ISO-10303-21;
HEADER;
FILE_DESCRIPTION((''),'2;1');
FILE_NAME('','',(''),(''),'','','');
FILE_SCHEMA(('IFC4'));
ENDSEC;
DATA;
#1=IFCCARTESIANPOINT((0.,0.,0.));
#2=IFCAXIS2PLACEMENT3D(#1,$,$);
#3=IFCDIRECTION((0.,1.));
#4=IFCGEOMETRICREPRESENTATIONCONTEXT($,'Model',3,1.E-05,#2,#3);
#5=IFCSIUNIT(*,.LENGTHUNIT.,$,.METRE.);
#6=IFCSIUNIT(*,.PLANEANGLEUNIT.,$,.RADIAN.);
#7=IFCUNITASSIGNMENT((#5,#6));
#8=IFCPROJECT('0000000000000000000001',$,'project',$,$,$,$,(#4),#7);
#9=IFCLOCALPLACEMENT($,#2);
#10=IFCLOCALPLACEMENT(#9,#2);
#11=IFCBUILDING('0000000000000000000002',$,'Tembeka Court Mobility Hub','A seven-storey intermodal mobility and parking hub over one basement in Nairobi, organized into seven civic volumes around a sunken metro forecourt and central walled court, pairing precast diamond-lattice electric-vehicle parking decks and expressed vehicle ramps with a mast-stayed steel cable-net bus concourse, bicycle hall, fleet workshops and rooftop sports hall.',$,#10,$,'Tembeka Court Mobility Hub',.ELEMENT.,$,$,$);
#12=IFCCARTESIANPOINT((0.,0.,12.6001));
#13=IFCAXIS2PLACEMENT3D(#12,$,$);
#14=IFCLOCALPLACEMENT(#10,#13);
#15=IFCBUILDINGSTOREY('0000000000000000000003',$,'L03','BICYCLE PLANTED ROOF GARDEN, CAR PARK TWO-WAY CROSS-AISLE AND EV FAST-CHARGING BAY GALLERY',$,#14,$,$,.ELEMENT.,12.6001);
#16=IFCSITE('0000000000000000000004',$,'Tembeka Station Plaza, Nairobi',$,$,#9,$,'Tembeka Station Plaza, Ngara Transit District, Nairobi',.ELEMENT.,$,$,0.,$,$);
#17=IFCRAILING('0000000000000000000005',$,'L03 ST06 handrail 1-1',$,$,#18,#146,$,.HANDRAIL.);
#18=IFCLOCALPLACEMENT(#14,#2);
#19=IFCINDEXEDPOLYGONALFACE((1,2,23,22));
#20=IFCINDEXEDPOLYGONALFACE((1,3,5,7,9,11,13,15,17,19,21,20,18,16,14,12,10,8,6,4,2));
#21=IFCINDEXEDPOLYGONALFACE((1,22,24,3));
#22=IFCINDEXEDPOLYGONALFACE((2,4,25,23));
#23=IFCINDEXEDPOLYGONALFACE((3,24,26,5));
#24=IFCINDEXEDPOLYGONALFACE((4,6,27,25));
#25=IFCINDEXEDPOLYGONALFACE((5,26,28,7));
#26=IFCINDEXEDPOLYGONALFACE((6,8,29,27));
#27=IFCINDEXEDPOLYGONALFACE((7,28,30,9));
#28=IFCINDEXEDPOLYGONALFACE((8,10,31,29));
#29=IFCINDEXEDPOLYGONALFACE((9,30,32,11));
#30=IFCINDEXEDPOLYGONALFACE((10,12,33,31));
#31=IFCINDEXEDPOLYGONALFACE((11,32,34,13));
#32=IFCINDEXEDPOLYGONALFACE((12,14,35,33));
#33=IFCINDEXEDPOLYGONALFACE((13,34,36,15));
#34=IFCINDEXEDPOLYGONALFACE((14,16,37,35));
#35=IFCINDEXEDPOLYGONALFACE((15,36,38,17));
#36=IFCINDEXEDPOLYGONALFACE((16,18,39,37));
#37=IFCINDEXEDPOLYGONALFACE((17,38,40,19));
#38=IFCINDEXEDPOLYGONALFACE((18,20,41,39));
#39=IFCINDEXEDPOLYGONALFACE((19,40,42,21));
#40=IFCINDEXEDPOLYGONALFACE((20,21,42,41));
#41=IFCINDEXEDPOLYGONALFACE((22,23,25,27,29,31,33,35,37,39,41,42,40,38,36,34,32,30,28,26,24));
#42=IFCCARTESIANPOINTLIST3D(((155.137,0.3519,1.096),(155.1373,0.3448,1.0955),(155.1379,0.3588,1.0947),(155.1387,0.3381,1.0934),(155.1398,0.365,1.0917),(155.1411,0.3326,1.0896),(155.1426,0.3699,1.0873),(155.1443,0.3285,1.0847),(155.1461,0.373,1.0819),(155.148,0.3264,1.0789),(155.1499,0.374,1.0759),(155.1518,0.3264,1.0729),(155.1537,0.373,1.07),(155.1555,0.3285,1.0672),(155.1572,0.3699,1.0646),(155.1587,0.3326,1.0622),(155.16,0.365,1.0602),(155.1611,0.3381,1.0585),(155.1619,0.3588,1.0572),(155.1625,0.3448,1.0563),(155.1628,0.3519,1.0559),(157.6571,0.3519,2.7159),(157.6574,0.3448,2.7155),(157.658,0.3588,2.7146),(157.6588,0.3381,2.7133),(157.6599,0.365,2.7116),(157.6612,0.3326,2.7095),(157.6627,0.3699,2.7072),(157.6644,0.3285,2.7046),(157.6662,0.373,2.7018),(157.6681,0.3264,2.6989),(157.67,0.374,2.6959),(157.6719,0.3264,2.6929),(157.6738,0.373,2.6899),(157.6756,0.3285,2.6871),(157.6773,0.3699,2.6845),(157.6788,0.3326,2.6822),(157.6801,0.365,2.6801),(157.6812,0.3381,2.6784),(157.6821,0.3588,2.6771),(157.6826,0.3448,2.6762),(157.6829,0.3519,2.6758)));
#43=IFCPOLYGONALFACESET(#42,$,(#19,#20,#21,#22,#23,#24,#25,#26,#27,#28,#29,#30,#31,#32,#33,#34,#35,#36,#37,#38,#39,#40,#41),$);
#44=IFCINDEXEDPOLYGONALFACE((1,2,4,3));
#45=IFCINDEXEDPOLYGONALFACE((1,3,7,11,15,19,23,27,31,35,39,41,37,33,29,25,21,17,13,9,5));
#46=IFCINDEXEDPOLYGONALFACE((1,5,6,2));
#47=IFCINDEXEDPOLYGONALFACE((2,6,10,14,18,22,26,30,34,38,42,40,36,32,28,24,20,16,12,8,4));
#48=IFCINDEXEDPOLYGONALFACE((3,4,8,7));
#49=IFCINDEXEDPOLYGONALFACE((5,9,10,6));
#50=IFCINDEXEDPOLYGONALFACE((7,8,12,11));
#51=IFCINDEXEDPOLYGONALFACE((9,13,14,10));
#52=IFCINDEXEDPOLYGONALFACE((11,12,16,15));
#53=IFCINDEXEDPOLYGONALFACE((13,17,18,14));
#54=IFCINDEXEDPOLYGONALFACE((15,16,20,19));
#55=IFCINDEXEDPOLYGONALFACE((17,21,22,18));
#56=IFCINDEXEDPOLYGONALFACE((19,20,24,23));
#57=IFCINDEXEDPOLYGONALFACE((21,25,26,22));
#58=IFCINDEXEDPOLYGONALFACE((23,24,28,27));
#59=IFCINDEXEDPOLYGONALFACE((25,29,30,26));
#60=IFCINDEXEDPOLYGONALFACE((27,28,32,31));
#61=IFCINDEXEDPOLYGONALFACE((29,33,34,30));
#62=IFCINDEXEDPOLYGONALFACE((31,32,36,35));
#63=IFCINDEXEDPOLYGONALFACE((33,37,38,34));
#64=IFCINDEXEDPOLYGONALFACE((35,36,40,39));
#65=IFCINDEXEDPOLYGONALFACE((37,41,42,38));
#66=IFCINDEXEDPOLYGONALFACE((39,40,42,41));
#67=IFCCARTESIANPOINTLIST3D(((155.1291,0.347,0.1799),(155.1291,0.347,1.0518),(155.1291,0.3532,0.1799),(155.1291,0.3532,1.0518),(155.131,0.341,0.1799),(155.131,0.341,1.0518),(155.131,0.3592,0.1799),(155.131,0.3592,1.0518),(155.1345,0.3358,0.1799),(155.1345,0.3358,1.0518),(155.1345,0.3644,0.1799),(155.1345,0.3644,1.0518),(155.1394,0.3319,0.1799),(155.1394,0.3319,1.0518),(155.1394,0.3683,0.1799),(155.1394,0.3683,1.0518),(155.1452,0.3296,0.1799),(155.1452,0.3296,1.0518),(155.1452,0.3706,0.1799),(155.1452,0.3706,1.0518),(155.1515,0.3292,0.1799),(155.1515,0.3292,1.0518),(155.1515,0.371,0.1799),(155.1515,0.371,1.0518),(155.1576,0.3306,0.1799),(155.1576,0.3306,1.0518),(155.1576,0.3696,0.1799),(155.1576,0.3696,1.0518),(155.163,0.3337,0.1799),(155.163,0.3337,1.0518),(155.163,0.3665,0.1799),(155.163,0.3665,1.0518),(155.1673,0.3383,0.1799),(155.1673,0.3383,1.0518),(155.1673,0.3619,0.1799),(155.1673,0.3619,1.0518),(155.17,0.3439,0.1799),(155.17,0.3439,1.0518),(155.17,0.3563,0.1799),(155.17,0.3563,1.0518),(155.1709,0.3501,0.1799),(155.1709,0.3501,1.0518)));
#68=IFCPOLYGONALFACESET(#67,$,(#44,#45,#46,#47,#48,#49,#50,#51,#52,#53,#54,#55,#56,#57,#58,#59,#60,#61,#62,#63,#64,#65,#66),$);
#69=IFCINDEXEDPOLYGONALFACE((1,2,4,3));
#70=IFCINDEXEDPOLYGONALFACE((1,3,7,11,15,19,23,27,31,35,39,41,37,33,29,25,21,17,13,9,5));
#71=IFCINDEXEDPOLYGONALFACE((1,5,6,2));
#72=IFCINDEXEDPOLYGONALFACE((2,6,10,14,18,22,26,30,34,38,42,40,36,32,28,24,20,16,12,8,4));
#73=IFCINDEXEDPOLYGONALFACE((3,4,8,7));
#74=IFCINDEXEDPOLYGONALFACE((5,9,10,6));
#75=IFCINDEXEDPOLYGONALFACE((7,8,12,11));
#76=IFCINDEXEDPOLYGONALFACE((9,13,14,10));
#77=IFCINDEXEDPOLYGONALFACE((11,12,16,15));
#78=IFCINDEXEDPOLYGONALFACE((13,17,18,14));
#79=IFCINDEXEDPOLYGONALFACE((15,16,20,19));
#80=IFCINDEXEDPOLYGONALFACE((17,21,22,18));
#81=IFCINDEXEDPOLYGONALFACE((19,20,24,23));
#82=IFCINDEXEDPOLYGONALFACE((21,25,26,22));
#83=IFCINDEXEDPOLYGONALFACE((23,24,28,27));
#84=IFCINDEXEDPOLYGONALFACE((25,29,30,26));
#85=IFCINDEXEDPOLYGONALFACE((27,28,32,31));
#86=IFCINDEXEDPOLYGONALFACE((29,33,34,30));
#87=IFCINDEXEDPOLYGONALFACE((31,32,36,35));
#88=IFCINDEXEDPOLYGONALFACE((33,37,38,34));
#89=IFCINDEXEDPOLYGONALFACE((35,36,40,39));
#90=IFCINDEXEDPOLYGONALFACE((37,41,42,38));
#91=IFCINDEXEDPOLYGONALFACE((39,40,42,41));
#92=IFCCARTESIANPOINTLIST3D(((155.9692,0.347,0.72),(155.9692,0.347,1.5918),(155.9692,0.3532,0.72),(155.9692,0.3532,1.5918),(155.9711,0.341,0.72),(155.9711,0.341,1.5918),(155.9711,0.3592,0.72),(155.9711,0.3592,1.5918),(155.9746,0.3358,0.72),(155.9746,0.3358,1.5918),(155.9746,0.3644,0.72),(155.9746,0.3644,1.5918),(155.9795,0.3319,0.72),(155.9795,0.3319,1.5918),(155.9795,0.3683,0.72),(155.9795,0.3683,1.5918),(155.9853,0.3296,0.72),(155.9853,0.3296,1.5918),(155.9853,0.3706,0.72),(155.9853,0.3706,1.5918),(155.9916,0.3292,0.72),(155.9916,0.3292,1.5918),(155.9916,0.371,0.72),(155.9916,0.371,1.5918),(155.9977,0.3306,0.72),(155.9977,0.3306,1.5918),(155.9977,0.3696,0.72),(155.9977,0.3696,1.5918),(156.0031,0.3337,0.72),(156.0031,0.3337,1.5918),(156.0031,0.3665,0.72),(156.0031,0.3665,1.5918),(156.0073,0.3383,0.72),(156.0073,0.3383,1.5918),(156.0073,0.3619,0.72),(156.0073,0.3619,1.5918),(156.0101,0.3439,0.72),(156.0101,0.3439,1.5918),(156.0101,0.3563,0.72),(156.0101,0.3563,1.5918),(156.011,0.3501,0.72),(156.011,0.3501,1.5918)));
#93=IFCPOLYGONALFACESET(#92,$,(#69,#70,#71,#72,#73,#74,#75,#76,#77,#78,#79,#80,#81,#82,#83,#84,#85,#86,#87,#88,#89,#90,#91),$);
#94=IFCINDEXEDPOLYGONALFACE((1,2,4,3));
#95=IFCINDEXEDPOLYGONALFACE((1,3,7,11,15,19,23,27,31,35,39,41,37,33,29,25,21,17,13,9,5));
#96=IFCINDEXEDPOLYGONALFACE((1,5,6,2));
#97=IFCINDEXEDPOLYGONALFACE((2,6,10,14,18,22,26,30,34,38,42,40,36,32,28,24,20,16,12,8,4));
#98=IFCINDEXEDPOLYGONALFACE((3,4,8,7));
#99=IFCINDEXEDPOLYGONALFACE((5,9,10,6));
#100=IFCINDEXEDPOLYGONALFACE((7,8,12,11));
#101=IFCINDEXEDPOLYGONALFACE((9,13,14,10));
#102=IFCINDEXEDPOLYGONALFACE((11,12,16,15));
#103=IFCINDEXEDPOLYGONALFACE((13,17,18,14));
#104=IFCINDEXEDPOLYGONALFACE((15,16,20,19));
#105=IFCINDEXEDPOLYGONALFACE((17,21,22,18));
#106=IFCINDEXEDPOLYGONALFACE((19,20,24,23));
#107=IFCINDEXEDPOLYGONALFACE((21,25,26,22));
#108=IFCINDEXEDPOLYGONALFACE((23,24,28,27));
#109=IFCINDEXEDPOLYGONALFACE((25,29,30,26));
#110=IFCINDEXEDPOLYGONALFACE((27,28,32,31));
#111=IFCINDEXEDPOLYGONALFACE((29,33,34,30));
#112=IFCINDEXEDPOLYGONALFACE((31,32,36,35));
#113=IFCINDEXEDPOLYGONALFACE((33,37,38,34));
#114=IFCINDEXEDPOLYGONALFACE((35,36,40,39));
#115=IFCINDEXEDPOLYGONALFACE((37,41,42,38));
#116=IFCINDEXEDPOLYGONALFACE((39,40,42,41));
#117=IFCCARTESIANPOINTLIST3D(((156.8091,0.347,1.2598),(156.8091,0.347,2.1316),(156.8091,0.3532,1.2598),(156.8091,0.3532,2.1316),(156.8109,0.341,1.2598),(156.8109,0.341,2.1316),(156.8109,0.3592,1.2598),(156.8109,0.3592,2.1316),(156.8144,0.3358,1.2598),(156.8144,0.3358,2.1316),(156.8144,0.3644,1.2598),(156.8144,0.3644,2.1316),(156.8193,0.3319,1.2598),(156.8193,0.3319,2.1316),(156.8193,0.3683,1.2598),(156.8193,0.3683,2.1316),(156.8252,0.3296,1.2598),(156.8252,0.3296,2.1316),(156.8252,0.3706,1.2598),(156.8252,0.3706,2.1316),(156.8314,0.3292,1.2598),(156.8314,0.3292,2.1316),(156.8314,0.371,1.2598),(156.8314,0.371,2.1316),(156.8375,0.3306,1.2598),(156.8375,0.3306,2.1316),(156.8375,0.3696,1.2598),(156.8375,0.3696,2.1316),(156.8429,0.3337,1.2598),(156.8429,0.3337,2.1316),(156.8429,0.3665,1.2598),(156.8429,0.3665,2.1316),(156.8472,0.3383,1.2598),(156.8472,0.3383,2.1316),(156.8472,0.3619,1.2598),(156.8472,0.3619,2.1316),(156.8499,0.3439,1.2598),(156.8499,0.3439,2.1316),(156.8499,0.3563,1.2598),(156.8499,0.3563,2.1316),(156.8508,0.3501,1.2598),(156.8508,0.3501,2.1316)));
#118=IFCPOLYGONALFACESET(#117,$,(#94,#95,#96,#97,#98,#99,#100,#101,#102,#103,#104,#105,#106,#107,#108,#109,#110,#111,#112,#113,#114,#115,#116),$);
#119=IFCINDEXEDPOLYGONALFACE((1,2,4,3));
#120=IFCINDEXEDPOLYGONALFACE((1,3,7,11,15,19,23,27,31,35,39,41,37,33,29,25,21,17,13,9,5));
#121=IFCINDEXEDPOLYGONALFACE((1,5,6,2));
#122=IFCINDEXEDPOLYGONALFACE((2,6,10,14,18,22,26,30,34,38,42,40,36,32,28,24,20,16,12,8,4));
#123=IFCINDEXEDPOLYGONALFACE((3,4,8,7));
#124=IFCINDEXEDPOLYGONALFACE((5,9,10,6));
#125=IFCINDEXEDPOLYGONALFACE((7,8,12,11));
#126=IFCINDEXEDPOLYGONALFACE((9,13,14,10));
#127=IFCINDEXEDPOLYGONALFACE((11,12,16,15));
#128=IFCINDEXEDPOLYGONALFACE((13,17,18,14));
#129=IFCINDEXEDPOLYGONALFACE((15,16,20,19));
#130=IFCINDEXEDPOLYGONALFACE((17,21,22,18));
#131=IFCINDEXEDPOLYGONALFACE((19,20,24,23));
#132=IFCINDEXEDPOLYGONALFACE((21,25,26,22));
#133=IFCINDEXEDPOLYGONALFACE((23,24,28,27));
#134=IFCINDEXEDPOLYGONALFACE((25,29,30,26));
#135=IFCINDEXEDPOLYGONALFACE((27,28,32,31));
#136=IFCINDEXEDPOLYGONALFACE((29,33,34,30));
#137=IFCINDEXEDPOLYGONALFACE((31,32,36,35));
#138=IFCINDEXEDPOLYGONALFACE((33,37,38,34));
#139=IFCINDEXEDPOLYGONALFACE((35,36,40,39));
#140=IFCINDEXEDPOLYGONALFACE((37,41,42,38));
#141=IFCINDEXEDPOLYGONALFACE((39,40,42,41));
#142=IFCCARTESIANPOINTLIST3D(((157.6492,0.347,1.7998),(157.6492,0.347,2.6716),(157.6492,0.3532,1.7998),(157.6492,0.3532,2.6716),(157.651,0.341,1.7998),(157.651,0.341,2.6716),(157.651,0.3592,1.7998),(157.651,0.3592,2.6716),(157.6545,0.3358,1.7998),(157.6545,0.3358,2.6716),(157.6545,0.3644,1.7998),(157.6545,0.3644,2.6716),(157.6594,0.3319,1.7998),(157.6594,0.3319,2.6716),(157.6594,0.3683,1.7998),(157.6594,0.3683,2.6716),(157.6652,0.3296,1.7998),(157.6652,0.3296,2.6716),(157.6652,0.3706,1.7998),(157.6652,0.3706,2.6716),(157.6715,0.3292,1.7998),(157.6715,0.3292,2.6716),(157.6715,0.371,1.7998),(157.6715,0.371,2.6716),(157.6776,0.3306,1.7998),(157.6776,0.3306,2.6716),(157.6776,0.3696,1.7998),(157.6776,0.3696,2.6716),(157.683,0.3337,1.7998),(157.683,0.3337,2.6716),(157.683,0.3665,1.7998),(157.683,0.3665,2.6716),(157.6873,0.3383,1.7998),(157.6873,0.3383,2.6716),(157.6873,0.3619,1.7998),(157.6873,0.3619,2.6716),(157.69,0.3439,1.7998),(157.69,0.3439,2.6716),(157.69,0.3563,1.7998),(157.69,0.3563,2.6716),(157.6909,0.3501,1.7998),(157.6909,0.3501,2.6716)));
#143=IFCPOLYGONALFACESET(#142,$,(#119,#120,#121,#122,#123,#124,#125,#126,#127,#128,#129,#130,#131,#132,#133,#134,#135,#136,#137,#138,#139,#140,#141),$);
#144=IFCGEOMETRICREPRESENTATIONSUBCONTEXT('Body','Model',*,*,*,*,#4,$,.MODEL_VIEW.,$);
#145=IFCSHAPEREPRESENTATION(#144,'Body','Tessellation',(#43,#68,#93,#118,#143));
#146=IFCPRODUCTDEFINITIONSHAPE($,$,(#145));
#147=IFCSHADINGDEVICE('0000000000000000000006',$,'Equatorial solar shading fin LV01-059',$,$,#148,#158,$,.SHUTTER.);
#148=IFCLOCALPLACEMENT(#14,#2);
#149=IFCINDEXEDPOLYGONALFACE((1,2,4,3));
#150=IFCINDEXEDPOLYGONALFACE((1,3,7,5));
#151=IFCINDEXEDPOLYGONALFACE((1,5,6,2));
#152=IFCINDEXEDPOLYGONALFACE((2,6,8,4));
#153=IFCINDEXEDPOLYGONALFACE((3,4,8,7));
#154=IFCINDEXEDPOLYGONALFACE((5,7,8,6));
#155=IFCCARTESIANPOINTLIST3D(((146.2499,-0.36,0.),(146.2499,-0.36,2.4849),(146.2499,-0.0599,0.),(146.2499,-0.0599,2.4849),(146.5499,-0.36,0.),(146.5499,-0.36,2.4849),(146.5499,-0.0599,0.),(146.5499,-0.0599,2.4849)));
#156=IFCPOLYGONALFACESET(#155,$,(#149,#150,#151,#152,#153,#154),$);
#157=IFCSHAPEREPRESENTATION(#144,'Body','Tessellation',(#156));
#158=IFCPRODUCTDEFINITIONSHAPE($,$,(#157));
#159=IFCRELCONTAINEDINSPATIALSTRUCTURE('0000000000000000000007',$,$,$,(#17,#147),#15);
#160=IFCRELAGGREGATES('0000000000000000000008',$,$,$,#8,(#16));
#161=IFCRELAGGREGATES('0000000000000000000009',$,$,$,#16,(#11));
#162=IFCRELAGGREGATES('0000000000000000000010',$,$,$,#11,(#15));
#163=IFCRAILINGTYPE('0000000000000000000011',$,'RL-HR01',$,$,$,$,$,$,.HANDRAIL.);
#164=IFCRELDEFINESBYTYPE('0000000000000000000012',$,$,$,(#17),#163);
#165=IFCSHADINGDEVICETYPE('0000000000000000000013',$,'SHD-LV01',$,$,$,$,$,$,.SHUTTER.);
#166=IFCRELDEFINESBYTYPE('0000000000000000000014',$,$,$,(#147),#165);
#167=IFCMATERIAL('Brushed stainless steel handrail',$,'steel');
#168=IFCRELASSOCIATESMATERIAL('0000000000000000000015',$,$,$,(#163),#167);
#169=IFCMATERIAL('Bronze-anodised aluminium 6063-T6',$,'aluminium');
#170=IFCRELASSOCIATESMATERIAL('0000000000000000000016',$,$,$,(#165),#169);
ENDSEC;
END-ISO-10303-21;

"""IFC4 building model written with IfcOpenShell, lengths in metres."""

from ifc_helpers import new_model, si_unit, direction, frame, origin, origin_2d, place, context, subcontext, project, spatial, rectangle, circle, extrude, material, material_profile, profile_set, type_object, element, save


model = new_model("IFC4")

# Units and contexts
model_context = context("Model", 3, precision=1e-05, world=origin(), true_north=direction((0.0, 1.0)))
body_context = subcontext(model_context, "Body", "Model", "MODEL_VIEW")
ifc_project = project(units=[si_unit("LENGTHUNIT", "METRE"), si_unit("PLANEANGLEUNIT", "RADIAN")], contexts=[model_context])

# Site, building, storey
site_placement = place(None, origin())
site = spatial("IfcSite", under=ifc_project, at=site_placement, Name="Tembeka Station Plaza, Nairobi", LongName="Tembeka Station Plaza, Ngara Transit District, Nairobi", CompositionType="ELEMENT", RefElevation=0.0)
building_placement = place(site_placement, origin())
building = spatial("IfcBuilding", under=site, at=building_placement, Name="Tembeka Court Mobility Hub", Description="A seven-storey intermodal mobility and parking hub over one basement in Nairobi, organized into seven civic volumes around a sunken metro forecourt and central walled court, pairing precast diamond-lattice electric-vehicle parking decks and expressed vehicle ramps with a mast-stayed steel cable-net bus concourse, bicycle hall, fleet workshops and rooftop sports hall.", LongName="Tembeka Court Mobility Hub", CompositionType="ELEMENT")
storey_placement = place(building_placement, frame((0.0, 0.0, 12.6001)))
storey = spatial("IfcBuildingStorey", under=building, at=storey_placement, Name="L03", Description="BICYCLE PLANTED ROOF GARDEN, CAR PARK TWO-WAY CROSS-AISLE AND EV FAST-CHARGING BAY GALLERY", CompositionType="ELEMENT", Elevation=12.6001)

# Railing
ifc_material_1 = material(Name="Brushed stainless steel handrail", Category="steel")
railing_type = type_object("IfcRailingType", Name="RL-HR01", PredefinedType="HANDRAIL", material=ifc_material_1)
railing_placement = place(storey_placement, frame((155.1499, 0.3501, 0.1799)))
element("IfcRailing", 1, at=railing_placement, inside=storey, type_object=railing_type, Name="L03 ST06 handrail 1-1", PredefinedType="HANDRAIL", context=body_context, shape_type="SweptSolid", body=[
    extrude(circle(Radius=0.0239, at=origin_2d()), frame((0.0, 0.0, 0.896), z_axis=(0.8412, 0.0, 0.540725), x_axis=(0.0, 1.0, 0.0)), (0.0, 0.0, 1.0), 2.9958),
    extrude(circle(Radius=0.021, at=origin_2d()), origin(), (0.0, 0.0, 1.0), 0.8718),
    extrude(circle(Radius=0.021, at=origin_2d()), frame((0.8401, 0.0, 0.54)), (0.0, 0.0, 1.0), 0.8718),
    extrude(circle(Radius=0.021, at=origin_2d()), frame((1.6799, 0.0, 1.0798)), (0.0, 0.0, 1.0), 0.8718),
    extrude(circle(Radius=0.021, at=origin_2d()), frame((2.52, 0.0, 1.6199)), (0.0, 0.0, 1.0), 0.8718),
])

# Shading device
ifc_material_2 = material(Name="Bronze-anodised aluminium 6063-T6", Category="aluminium")
ifc_material_profile_1 = material_profile(ifc_material_2, rectangle(XDim=0.3, YDim=0.3, at=origin_2d()), Name="ALU-LVR 300x300")
ifc_profile_set_1 = profile_set([ifc_material_profile_1], Name="Bronze-anodised aluminium 6063-T6")
shading_device_type = type_object("IfcShadingDeviceType", Name="SHD-LV01", PredefinedType="SHUTTER", material=ifc_profile_set_1)
shading_device_placement = place(storey_placement, frame((146.3999, -0.21, 0.0), z_axis=(0.0, 0.0, 1.0), x_axis=(1.0, 0.0, 0.0)))
element("IfcShadingDevice", 2, at=shading_device_placement, inside=storey, type_object=shading_device_type, Name="Equatorial solar shading fin LV01-059", PredefinedType="SHUTTER", context=body_context, shape_type="SweptSolid", body=[
    extrude(rectangle(XDim=0.3, YDim=0.3, at=origin_2d()), origin(), (0.0, 0.0, 1.0), 2.4849),
])

save(model, "model.ifc")
